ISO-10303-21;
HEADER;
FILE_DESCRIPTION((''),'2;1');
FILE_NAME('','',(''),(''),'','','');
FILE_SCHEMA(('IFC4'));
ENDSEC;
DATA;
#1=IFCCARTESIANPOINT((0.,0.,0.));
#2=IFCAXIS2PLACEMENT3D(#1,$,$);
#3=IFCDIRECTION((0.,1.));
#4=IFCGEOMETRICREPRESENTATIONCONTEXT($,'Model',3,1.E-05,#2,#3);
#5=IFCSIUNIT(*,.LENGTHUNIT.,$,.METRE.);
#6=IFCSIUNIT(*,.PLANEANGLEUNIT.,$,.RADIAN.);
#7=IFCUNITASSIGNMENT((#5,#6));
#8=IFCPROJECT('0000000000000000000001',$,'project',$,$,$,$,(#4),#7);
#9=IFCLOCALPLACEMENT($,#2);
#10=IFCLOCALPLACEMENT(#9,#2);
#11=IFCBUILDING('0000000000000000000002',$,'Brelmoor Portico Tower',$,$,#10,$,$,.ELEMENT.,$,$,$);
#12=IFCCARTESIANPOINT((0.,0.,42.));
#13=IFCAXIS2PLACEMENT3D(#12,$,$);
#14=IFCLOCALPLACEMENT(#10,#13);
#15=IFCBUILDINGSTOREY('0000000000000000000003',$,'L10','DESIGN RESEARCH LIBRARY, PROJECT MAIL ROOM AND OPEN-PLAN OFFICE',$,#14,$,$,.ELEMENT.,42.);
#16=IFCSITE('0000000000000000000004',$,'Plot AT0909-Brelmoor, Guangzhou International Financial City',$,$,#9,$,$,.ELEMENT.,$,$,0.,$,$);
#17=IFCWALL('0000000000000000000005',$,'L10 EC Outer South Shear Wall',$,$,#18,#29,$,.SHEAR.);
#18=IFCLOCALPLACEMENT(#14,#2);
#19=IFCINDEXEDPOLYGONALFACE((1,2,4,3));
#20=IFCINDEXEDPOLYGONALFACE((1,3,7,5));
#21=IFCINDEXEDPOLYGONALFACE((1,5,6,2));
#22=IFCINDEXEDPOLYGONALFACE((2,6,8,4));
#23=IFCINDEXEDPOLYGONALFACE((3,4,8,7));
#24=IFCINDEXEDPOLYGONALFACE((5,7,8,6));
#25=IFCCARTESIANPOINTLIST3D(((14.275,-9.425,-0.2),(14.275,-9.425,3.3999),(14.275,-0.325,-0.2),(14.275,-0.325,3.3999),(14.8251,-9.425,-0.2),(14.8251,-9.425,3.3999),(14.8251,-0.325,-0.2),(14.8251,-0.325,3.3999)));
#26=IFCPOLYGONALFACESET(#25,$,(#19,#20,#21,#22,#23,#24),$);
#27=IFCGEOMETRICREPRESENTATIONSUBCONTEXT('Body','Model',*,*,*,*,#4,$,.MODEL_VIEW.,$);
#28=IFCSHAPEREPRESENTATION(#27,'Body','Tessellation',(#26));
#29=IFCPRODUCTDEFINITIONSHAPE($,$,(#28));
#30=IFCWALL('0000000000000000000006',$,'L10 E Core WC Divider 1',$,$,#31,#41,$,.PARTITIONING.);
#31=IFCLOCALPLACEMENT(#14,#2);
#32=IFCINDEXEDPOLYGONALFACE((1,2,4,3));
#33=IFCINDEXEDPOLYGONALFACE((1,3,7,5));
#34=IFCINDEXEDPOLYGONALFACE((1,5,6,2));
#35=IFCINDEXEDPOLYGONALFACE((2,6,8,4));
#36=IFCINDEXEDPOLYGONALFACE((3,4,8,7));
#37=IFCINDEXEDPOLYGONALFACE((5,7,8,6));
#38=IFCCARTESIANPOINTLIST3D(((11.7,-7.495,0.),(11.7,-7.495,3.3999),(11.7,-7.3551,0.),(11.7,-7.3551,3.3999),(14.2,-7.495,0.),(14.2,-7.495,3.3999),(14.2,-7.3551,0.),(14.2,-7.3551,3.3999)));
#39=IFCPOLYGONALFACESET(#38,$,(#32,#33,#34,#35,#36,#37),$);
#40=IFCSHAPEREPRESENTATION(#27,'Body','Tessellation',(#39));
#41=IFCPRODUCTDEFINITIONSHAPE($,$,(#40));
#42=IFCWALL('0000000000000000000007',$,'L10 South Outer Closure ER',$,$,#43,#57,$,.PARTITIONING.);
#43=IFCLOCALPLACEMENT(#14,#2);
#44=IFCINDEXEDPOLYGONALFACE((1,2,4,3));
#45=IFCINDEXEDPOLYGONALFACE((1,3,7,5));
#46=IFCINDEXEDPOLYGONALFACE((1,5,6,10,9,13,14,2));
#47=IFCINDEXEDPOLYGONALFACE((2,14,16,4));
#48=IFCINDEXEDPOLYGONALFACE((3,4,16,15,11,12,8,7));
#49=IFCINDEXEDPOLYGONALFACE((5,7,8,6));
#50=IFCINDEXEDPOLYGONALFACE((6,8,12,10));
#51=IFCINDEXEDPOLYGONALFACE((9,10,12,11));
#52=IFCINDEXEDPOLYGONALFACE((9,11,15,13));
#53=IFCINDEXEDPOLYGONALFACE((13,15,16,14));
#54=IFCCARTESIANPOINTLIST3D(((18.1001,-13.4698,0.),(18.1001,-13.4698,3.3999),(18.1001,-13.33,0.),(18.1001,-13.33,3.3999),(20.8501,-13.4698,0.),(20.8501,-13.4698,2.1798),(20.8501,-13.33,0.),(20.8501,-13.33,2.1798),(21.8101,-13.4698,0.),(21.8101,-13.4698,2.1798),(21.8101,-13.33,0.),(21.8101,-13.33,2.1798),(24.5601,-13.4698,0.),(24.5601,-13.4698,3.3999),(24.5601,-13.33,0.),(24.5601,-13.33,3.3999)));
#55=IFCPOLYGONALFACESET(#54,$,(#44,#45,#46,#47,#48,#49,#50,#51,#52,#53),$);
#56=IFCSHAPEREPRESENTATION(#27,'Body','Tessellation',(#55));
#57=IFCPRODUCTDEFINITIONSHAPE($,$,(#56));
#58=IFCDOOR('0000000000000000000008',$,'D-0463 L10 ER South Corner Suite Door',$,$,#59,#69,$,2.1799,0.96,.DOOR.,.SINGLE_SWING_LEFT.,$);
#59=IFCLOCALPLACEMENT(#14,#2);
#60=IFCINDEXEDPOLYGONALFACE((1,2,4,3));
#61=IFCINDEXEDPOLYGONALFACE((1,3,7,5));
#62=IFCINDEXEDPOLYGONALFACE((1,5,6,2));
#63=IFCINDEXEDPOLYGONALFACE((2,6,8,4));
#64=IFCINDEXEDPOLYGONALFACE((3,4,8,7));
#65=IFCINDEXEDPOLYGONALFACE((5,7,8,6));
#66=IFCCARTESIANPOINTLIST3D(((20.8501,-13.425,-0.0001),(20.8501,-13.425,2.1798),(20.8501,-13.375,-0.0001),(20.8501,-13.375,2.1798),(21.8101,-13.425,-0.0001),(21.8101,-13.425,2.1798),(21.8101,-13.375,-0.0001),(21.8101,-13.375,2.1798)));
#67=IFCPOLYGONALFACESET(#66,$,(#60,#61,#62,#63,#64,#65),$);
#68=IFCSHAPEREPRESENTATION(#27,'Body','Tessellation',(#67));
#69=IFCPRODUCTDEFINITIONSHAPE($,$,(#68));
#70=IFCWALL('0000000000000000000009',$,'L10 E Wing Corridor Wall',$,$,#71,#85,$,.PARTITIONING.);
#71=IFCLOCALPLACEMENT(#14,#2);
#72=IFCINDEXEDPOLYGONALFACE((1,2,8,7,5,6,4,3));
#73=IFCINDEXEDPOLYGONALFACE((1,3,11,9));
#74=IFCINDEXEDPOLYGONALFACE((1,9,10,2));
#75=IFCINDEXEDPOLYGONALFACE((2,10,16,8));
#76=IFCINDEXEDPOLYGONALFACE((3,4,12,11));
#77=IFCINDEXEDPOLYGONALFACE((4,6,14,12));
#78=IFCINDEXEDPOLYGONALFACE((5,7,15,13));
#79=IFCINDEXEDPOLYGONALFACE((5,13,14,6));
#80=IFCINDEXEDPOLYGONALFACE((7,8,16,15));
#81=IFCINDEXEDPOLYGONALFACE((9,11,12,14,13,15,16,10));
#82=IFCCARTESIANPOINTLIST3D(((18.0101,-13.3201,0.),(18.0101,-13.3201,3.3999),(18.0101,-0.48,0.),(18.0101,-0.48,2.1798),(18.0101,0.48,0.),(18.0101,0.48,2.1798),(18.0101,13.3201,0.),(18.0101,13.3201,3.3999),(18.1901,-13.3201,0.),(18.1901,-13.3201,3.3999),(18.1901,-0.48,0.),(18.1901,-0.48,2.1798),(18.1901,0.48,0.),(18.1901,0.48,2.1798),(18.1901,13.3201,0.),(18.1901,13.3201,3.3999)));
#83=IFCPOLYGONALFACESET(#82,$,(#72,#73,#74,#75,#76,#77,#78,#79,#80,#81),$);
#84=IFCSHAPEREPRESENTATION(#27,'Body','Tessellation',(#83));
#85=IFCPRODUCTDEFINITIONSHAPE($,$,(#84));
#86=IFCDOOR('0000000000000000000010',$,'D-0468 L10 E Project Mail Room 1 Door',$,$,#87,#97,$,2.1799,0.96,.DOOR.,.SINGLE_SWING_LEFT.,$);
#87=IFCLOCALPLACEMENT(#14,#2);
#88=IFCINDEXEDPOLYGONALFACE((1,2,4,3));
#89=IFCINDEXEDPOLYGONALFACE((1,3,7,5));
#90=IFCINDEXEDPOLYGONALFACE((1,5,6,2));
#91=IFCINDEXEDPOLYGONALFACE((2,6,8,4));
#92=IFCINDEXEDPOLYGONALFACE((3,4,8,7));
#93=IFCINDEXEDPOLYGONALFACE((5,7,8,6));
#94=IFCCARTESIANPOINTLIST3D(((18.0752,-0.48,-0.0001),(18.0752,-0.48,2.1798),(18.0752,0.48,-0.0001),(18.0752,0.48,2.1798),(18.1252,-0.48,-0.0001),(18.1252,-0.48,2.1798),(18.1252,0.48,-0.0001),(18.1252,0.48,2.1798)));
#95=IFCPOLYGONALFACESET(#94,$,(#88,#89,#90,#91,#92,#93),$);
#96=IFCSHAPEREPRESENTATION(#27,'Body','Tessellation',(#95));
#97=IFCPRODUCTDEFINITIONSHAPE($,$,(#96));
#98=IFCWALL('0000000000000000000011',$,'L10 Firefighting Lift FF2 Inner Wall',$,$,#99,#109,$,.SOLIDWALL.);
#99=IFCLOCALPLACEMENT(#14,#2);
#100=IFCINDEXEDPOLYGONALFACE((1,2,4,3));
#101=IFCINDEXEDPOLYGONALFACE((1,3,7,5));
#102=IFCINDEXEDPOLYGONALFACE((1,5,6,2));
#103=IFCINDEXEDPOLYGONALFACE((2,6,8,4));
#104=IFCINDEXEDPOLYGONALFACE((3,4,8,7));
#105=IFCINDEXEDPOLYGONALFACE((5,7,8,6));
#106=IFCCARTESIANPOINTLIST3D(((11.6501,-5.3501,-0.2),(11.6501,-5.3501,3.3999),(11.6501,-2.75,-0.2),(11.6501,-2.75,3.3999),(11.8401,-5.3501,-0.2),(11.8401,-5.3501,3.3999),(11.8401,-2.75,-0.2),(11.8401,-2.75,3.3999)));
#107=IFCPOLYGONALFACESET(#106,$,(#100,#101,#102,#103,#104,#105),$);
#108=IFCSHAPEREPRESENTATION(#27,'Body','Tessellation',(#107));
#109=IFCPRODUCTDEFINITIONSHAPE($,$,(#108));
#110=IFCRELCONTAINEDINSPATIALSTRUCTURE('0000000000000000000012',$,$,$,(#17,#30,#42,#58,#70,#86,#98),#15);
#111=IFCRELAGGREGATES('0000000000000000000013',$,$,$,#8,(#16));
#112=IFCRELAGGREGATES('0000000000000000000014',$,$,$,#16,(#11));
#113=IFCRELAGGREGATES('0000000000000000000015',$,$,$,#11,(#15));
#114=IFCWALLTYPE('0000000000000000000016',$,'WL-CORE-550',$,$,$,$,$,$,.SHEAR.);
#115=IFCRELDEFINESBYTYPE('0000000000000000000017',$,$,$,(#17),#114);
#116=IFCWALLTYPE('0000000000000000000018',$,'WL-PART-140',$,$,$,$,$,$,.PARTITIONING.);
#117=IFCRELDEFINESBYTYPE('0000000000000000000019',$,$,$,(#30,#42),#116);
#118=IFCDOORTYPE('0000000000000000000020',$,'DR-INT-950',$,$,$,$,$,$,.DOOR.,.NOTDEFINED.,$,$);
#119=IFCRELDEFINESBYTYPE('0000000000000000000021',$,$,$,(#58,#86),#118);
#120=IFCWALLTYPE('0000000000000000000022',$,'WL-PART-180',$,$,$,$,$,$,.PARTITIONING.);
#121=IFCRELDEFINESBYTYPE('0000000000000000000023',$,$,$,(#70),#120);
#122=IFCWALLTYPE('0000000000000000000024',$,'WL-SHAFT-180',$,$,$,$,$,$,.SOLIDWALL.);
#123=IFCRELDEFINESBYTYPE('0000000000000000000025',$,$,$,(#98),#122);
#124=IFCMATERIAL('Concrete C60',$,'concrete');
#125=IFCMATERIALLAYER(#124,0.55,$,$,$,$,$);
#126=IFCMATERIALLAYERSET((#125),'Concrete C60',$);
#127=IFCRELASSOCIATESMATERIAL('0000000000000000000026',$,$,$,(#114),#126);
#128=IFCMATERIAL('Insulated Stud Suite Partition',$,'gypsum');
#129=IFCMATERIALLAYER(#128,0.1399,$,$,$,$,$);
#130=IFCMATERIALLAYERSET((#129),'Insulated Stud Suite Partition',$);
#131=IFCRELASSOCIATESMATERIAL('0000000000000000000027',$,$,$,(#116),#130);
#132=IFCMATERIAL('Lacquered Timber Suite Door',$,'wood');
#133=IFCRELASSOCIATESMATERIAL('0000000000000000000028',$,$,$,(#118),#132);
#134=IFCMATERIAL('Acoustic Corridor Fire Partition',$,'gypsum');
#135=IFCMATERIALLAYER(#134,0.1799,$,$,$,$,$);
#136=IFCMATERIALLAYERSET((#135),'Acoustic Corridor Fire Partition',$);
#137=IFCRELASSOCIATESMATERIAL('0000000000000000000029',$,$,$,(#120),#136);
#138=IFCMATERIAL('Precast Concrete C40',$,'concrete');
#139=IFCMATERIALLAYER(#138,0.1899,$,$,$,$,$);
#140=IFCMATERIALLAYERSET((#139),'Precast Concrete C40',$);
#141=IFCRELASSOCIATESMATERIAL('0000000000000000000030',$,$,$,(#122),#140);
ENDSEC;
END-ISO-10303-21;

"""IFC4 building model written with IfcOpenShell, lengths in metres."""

from ifc_helpers import new_model, si_unit, direction, frame, frame_2d, origin, place, context, subcontext, project, spatial, rectangle, extrude, material, layer, layer_set, type_object, element, fill, save


model = new_model("IFC4")

# Units and contexts
model_context = context("Model", 3, precision=1e-05, world=origin(), true_north=direction((0.0, 1.0)))
body_context = subcontext(model_context, "Body", "Model", "MODEL_VIEW")
ifc_project = project(units=[si_unit("LENGTHUNIT", "METRE"), si_unit("PLANEANGLEUNIT", "RADIAN")], contexts=[model_context])

# Site, building, storey
site_placement = place(None, origin())
site = spatial("IfcSite", under=ifc_project, at=site_placement, Name="Plot AT0909-Brelmoor, Guangzhou International Financial City", CompositionType="ELEMENT", RefElevation=0.0)
building_placement = place(site_placement, origin())
building = spatial("IfcBuilding", under=site, at=building_placement, Name="Brelmoor Portico Tower", CompositionType="ELEMENT")
storey_placement = place(building_placement, frame((0.0, 0.0, 42.0)))
storey = spatial("IfcBuildingStorey", under=building, at=storey_placement, Name="L10", Description="DESIGN RESEARCH LIBRARY, PROJECT MAIL ROOM AND OPEN-PLAN OFFICE", CompositionType="ELEMENT", Elevation=42.0)

# Walls
ifc_material_1 = material(Name="Concrete C60", Category="concrete")
ifc_layer_1 = layer(ifc_material_1, 0.55)
ifc_layer_set_1 = layer_set([ifc_layer_1], Name="Concrete C60")
wall_type_1 = type_object("IfcWallType", Name="WL-CORE-550", PredefinedType="SHEAR", material=ifc_layer_set_1)
wall_1_placement = place(storey_placement, frame((14.55, -9.425, -0.2), z_axis=(0.0, 0.0, 1.0), x_axis=(0.0, 1.0, 0.0)))
element("IfcWall", 1, at=wall_1_placement, inside=storey, type_object=wall_type_1, Name="L10 EC Outer South Shear Wall", PredefinedType="SHEAR", context=body_context, shape_type="SweptSolid", body=[
    extrude(rectangle(XDim=9.1001, YDim=0.55, at=frame_2d((4.55, 0.0))), origin(), (0.0, 0.0, 1.0), 3.5999),
])
ifc_material_2 = material(Name="Insulated Stud Suite Partition", Category="gypsum")
ifc_layer_2 = layer(ifc_material_2, 0.1399)
ifc_layer_set_2 = layer_set([ifc_layer_2], Name="Insulated Stud Suite Partition")
wall_type_2 = type_object("IfcWallType", Name="WL-PART-140", PredefinedType="PARTITIONING", material=ifc_layer_set_2)
wall_2_placement = place(storey_placement, frame((11.7, -7.425, 0.0), z_axis=(0.0, 0.0, 1.0), x_axis=(1.0, 0.0, 0.0)))
element("IfcWall", 2, at=wall_2_placement, inside=storey, type_object=wall_type_2, Name="L10 E Core WC Divider 1", PredefinedType="PARTITIONING", context=body_context, shape_type="SweptSolid", body=[
    extrude(rectangle(XDim=2.5, YDim=0.1399, at=frame_2d((1.25, 0.0))), origin(), (0.0, 0.0, 1.0), 3.3999),
])

# Walls, openings, doors
wall_3_placement = place(storey_placement, frame((18.1001, -13.3999, 0.0), z_axis=(0.0, 0.0, 1.0), x_axis=(1.0, 0.0, 0.0)))
wall_3 = element("IfcWall", 3, at=wall_3_placement, inside=storey, type_object=wall_type_2, Name="L10 South Outer Closure ER", PredefinedType="PARTITIONING", context=body_context, shape_type="SweptSolid", body=[
    extrude(rectangle(XDim=6.46, YDim=0.1399, at=frame_2d((3.23, 0.0))), origin(), (0.0, 0.0, 1.0), 3.3999),
])
opening_1_placement = place(wall_3_placement, frame((2.75, 0.0, 0.0)))
opening_1 = element("IfcOpeningElement", 4, at=opening_1_placement, cuts=wall_3, PredefinedType="OPENING", context=body_context, shape_type="SweptSolid", body=[
    extrude(rectangle(XDim=0.96, YDim=2.1799, at=frame_2d((0.48, 1.0898))), frame((0.0, 0.0798, 0.0), z_axis=(0.0, -1.0, 0.0), x_axis=(1.0, 0.0, 0.0)), (0.0, 0.0, 1.0), 0.1599),
])
ifc_material_3 = material(Name="Lacquered Timber Suite Door", Category="wood")
door_type = type_object("IfcDoorType", Name="DR-INT-950", OperationType="NOTDEFINED", PredefinedType="DOOR", material=ifc_material_3)
door_1_placement = place(opening_1_placement, origin())
door_1 = element("IfcDoor", 5, at=door_1_placement, inside=storey, type_object=door_type, Name="D-0463 L10 ER South Corner Suite Door", OperationType="SINGLE_SWING_LEFT", OverallHeight=2.1799, OverallWidth=0.96, PredefinedType="DOOR", context=body_context, shape_type="SweptSolid", body=[
    extrude(rectangle(XDim=0.96, YDim=2.1799, at=frame_2d((0.48, 1.0898))), frame((0.0, 0.0249, 0.0), z_axis=(0.0, -1.0, 0.0), x_axis=(1.0, 0.0, 0.0)), (0.0, 0.0, 1.0), 0.05),
])
fill(opening_1, door_1)
ifc_material_4 = material(Name="Acoustic Corridor Fire Partition", Category="gypsum")
ifc_layer_3 = layer(ifc_material_4, 0.1799)
ifc_layer_set_3 = layer_set([ifc_layer_3], Name="Acoustic Corridor Fire Partition")
wall_type_3 = type_object("IfcWallType", Name="WL-PART-180", PredefinedType="PARTITIONING", material=ifc_layer_set_3)
wall_4_placement = place(storey_placement, frame((18.1001, -13.3201, 0.0), z_axis=(0.0, 0.0, 1.0), x_axis=(0.0, 1.0, 0.0)))
wall_4 = element("IfcWall", 6, at=wall_4_placement, inside=storey, type_object=wall_type_3, Name="L10 E Wing Corridor Wall", PredefinedType="PARTITIONING", context=body_context, shape_type="SweptSolid", body=[
    extrude(rectangle(XDim=26.6401, YDim=0.1799, at=frame_2d((13.3201, 0.0))), origin(), (0.0, 0.0, 1.0), 3.3999),
])
opening_2_placement = place(wall_4_placement, frame((12.8401, 0.0, 0.0)))
opening_2 = element("IfcOpeningElement", 7, at=opening_2_placement, cuts=wall_4, PredefinedType="OPENING", context=body_context, shape_type="SweptSolid", body=[
    extrude(rectangle(XDim=0.96, YDim=2.1799, at=frame_2d((0.48, 1.0898))), frame((0.0, 0.0999, 0.0), z_axis=(0.0, -1.0, 0.0), x_axis=(1.0, 0.0, 0.0)), (0.0, 0.0, 1.0), 0.2),
])
door_2_placement = place(opening_2_placement, origin())
door_2 = element("IfcDoor", 8, at=door_2_placement, inside=storey, type_object=door_type, Name="D-0468 L10 E Project Mail Room 1 Door", OperationType="SINGLE_SWING_LEFT", OverallHeight=2.1799, OverallWidth=0.96, PredefinedType="DOOR", context=body_context, shape_type="SweptSolid", body=[
    extrude(rectangle(XDim=0.96, YDim=2.1799, at=frame_2d((0.48, 1.0898))), frame((0.0, 0.0249, 0.0), z_axis=(0.0, -1.0, 0.0), x_axis=(1.0, 0.0, 0.0)), (0.0, 0.0, 1.0), 0.05),
])
fill(opening_2, door_2)

# Wall
ifc_material_5 = material(Name="Precast Concrete C40", Category="concrete")
ifc_layer_4 = layer(ifc_material_5, 0.1899)
ifc_layer_set_4 = layer_set([ifc_layer_4], Name="Precast Concrete C40")
wall_type_4 = type_object("IfcWallType", Name="WL-SHAFT-180", PredefinedType="SOLIDWALL", material=ifc_layer_set_4)
wall_5_placement = place(storey_placement, frame((11.7451, -5.3501, -0.2), z_axis=(0.0, 0.0, 1.0), x_axis=(0.0, 1.0, 0.0)))
element("IfcWall", 9, at=wall_5_placement, inside=storey, type_object=wall_type_4, Name="L10 Firefighting Lift FF2 Inner Wall", PredefinedType="SOLIDWALL", context=body_context, shape_type="SweptSolid", body=[
    extrude(rectangle(XDim=2.6001, YDim=0.1899, at=frame_2d((1.3, 0.0))), origin(), (0.0, 0.0, 1.0), 3.5999),
])

save(model, "model.ifc")
